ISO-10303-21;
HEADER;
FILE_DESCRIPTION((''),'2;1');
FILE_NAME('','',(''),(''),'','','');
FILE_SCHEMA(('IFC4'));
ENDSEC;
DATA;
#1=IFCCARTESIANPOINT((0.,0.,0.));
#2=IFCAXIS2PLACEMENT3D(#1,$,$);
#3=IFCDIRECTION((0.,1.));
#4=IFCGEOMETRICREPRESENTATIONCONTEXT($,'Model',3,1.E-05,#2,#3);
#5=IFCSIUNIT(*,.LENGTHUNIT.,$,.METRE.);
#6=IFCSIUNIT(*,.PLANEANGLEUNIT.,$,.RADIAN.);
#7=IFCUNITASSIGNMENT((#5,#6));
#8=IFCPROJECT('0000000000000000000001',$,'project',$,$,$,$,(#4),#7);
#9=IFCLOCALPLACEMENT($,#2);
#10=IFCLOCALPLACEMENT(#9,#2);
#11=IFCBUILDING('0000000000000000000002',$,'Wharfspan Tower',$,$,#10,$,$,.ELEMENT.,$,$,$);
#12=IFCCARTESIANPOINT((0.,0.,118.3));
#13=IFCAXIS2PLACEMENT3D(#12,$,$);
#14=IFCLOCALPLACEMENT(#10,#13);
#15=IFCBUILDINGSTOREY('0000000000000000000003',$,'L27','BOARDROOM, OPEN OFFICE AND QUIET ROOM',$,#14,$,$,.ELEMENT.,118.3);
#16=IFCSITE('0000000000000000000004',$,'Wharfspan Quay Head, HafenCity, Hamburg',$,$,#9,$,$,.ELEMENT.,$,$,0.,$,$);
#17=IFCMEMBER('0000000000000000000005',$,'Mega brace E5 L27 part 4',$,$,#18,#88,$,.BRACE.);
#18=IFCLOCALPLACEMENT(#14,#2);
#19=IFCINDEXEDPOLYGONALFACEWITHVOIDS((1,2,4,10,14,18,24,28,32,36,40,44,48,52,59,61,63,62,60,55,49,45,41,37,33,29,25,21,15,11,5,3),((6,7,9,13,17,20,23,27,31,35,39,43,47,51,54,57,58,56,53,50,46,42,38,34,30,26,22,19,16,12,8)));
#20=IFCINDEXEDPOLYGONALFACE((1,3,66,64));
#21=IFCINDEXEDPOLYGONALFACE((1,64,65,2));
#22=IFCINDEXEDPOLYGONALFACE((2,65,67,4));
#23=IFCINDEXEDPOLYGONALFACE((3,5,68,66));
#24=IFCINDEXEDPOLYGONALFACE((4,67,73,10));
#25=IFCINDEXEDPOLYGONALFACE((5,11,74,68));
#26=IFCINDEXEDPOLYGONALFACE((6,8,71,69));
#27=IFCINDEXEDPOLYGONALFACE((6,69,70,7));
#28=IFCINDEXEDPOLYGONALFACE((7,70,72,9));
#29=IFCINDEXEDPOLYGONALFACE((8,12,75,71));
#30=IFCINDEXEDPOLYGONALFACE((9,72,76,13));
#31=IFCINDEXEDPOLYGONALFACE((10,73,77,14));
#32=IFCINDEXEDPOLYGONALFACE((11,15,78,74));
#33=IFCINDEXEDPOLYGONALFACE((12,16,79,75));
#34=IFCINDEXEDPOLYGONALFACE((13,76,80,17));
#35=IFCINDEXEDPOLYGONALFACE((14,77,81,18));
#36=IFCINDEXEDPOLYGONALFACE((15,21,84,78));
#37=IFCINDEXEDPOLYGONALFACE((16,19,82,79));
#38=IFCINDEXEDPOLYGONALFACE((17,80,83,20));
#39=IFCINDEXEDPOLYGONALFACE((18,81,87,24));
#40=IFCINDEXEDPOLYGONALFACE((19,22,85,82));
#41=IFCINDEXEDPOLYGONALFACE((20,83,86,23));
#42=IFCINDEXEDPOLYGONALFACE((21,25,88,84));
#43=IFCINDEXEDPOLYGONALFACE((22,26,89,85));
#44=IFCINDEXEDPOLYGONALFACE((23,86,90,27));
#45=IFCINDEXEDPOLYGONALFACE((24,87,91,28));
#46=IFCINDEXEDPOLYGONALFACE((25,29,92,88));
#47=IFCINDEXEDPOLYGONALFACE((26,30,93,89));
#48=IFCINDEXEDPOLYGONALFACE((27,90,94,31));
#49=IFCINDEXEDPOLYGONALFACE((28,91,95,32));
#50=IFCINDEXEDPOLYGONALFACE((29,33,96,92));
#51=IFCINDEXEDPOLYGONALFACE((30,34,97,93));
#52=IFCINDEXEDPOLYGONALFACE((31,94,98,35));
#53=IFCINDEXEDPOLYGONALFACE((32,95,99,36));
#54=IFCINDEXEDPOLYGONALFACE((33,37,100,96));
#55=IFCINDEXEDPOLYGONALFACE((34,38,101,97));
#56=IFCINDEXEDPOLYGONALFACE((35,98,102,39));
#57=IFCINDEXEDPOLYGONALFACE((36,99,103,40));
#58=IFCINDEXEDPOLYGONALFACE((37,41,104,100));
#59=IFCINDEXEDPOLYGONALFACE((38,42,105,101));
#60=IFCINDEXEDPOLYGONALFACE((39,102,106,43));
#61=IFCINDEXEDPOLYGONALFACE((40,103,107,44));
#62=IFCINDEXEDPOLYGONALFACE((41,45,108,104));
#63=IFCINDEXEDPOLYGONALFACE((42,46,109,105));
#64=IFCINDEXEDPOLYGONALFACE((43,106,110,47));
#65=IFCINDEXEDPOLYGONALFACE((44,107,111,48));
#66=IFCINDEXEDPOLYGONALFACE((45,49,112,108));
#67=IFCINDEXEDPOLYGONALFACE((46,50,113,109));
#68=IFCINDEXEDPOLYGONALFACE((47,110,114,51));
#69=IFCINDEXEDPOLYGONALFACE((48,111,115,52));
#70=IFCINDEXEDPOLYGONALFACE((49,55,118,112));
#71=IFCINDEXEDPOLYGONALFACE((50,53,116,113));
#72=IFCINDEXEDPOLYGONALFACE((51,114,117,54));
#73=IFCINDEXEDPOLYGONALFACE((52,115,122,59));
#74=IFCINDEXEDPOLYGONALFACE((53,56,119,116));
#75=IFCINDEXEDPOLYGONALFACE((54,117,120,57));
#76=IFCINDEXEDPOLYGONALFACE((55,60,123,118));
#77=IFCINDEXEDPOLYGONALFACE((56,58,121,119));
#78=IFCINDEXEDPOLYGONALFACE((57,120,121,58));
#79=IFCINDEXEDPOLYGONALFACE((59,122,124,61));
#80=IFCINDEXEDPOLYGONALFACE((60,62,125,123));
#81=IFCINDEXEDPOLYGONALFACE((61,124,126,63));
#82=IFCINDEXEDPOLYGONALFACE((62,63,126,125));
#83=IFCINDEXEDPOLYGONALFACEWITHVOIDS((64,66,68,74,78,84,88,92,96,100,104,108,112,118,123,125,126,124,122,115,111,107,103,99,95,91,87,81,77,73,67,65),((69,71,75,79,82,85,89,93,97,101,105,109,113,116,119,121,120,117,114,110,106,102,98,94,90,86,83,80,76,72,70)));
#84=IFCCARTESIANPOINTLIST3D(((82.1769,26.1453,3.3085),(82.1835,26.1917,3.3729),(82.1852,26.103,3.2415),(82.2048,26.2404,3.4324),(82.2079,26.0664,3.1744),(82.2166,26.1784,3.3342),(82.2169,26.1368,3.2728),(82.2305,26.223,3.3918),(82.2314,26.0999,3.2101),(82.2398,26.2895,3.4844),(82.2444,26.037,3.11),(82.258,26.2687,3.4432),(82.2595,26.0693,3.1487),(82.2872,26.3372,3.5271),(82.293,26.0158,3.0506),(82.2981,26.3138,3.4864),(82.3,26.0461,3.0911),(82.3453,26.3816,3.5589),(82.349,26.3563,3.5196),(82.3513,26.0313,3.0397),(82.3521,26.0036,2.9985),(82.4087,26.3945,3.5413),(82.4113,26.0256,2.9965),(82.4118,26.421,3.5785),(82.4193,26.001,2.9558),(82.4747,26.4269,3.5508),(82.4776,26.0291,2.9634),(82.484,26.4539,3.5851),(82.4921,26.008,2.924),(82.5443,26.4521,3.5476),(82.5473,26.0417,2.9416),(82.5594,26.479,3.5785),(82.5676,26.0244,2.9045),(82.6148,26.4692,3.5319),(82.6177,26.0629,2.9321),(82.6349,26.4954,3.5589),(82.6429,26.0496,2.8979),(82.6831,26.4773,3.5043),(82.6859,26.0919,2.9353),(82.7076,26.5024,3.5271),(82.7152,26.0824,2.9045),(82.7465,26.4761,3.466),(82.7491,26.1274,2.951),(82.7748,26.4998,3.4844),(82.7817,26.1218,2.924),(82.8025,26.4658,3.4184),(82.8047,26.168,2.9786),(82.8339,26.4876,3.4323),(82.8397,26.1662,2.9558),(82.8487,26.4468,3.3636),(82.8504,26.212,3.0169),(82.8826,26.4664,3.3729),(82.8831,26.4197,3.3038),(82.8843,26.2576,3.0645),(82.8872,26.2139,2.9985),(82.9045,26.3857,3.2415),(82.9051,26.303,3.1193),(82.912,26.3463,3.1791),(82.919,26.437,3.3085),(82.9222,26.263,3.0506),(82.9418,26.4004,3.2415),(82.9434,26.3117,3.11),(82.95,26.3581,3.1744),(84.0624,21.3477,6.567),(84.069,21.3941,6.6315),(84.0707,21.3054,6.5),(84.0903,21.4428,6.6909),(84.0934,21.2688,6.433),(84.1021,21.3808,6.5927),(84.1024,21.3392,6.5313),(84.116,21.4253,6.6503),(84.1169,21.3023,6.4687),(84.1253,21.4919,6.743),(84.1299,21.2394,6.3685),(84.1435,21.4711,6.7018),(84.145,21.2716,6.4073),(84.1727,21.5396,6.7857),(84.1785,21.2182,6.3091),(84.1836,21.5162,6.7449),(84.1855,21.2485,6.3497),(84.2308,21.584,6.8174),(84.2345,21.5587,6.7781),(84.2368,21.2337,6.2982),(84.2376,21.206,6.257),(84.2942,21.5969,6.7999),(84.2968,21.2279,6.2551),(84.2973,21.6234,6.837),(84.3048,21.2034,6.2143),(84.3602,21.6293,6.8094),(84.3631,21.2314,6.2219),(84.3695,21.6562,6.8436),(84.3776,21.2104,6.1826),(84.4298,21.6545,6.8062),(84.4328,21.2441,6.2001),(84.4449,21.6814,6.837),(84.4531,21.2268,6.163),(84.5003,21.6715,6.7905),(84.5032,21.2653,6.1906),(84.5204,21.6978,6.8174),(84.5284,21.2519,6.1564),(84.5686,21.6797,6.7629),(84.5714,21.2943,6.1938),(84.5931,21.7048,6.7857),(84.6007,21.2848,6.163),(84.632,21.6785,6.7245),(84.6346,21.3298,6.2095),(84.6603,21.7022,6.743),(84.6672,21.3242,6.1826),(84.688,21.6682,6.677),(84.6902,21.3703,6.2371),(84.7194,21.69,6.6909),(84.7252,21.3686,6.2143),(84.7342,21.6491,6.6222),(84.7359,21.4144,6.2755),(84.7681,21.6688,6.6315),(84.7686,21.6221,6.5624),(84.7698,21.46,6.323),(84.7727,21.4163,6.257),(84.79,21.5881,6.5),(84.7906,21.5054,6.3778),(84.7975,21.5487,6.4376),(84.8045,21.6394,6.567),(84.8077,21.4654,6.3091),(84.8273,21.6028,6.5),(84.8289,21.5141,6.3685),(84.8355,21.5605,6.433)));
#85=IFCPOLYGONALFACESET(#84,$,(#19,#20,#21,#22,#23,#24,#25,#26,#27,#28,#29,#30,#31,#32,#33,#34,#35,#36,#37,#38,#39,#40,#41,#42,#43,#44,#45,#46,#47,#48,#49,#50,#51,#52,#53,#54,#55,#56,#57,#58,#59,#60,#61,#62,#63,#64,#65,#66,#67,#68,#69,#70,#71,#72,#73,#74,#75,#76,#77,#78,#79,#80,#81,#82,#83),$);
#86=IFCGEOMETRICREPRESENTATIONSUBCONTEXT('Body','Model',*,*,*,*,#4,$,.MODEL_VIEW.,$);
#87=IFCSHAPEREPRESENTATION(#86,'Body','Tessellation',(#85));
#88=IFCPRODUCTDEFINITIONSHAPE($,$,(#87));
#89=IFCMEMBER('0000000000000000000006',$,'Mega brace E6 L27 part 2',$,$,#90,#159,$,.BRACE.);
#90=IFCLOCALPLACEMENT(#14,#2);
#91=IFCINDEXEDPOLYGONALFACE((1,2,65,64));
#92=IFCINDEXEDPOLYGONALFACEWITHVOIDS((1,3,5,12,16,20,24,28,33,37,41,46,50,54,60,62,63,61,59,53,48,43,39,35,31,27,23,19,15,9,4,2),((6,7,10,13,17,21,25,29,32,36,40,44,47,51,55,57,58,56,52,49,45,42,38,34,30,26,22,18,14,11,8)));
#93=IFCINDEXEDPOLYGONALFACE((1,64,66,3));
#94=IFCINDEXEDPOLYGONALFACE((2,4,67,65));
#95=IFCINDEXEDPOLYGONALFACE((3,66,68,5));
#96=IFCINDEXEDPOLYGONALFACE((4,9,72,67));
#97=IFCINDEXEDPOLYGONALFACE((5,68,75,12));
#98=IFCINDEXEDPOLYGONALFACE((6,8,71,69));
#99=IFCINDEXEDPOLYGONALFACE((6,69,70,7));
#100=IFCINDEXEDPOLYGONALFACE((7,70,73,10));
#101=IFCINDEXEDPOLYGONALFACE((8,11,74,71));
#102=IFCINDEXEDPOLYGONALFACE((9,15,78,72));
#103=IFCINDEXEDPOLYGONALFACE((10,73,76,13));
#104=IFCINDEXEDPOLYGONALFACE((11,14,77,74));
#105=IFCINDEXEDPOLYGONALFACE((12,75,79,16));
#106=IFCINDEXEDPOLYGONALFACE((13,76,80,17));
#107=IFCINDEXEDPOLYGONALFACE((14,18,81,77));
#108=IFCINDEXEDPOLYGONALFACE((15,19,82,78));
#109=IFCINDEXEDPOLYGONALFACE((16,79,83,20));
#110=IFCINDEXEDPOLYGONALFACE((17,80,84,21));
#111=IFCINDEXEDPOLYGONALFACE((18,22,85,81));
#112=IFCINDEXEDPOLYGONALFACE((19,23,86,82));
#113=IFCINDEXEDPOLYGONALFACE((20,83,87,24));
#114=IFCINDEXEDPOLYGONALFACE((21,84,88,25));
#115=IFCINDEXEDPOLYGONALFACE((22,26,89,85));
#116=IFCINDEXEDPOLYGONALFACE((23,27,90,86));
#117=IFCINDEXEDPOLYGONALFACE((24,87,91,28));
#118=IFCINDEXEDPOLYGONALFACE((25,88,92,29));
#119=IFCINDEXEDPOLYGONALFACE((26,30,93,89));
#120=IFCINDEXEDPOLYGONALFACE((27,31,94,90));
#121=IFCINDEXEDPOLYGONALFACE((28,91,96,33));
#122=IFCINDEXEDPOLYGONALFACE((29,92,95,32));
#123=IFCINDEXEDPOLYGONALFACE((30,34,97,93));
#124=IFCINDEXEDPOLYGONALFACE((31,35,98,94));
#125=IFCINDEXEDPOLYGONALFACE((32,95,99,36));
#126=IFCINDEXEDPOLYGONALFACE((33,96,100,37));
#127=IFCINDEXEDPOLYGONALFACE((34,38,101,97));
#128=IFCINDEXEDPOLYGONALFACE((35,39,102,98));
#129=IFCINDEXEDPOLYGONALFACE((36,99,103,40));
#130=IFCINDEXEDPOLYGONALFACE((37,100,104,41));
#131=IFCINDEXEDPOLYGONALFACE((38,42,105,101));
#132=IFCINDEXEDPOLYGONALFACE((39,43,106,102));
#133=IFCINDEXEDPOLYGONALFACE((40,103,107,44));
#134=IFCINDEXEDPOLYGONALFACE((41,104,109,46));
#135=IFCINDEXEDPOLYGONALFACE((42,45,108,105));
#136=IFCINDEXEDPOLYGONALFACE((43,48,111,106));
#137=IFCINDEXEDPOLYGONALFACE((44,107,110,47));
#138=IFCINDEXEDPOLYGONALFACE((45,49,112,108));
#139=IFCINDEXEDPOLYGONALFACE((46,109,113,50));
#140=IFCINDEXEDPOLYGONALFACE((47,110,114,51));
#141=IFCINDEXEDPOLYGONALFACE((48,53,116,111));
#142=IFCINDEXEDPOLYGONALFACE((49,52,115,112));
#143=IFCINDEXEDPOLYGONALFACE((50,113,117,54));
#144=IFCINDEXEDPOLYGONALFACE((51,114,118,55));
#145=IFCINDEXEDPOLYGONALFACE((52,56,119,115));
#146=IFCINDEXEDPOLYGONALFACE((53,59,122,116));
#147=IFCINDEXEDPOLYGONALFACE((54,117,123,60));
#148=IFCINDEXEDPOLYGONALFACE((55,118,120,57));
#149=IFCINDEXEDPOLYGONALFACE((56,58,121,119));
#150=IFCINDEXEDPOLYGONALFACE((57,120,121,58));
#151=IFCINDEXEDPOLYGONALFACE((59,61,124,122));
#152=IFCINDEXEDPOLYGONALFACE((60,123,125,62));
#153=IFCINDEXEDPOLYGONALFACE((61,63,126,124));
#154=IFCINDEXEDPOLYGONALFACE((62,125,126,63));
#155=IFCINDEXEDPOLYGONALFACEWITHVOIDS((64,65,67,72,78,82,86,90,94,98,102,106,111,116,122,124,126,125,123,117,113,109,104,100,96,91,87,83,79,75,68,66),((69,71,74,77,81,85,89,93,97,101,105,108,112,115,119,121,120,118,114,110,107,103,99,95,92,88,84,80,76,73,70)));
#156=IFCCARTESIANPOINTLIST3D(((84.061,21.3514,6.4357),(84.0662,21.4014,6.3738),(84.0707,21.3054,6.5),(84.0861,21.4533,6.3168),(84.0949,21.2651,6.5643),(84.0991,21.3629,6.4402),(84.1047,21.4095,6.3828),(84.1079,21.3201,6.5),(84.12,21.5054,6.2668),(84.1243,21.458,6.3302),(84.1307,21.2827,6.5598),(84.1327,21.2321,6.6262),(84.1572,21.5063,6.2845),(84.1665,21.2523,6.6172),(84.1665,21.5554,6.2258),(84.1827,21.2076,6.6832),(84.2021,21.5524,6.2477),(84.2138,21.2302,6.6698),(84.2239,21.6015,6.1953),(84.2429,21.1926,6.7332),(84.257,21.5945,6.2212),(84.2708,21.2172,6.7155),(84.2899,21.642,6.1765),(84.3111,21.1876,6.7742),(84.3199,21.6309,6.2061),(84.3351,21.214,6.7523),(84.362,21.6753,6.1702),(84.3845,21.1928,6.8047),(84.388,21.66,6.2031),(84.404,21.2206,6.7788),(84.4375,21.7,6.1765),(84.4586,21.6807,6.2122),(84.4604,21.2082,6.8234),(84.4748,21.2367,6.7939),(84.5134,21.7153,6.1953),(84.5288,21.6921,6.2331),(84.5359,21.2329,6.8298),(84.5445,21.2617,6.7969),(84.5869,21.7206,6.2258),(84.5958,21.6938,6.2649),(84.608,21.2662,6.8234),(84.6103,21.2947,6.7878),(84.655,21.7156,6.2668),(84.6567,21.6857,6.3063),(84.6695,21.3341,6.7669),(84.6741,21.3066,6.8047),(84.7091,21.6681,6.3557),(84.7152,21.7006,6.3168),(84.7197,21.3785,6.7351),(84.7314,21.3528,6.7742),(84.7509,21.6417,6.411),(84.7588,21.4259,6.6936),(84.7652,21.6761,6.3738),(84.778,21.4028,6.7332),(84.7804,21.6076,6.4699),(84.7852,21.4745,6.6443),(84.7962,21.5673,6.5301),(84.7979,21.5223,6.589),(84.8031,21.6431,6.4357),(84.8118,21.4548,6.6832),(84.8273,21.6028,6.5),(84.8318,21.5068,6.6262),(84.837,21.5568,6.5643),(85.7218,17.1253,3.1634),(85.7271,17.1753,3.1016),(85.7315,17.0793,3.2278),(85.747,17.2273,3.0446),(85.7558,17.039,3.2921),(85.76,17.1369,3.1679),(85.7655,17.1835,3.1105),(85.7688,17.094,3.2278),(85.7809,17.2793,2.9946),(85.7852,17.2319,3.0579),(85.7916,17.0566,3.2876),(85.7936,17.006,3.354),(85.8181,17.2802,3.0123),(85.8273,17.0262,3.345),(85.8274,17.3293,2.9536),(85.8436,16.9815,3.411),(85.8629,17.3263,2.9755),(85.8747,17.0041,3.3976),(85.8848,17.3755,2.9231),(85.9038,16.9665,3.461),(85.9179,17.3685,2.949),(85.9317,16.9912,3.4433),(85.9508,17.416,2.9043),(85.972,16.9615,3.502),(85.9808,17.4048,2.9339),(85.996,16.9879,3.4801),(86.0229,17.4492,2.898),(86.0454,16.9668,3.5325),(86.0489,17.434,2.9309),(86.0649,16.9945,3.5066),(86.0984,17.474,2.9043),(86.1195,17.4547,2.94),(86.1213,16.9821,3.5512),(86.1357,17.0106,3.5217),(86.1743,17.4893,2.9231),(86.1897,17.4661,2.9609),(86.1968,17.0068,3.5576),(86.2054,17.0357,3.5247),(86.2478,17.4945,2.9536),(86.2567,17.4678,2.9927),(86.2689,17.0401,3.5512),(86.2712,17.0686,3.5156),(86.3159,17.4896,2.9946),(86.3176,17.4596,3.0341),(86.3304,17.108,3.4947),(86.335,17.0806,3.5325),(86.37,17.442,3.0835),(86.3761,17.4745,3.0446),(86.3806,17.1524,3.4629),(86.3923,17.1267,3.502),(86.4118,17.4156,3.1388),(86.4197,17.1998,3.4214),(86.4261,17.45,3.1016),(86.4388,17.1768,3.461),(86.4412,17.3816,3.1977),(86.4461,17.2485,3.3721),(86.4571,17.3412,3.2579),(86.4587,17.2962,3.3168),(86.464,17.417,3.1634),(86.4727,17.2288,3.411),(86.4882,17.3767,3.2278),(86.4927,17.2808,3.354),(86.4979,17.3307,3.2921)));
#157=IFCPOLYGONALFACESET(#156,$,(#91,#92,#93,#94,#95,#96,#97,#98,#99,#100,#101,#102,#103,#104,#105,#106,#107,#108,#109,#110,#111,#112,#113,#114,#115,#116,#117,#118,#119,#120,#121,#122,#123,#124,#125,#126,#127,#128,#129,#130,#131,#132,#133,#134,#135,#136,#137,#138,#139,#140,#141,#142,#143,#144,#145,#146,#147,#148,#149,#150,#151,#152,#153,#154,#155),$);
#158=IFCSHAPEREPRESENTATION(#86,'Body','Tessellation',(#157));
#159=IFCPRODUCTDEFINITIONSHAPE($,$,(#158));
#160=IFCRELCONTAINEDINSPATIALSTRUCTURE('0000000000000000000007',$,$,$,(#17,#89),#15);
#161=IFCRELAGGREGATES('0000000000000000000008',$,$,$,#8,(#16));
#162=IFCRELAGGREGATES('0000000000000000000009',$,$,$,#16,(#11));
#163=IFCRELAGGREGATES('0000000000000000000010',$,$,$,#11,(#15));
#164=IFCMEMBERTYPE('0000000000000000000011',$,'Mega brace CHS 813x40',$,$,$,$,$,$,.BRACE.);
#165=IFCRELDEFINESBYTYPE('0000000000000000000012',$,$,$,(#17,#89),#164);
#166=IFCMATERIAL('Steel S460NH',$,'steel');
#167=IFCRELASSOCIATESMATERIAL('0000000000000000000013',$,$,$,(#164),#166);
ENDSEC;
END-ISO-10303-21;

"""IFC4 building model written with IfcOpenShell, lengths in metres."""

from ifc_helpers import new_model, si_unit, direction, frame, origin, origin_2d, place, context, subcontext, project, spatial, hollow_circle, extrude, material, material_profile, profile_set, type_object, element, save


model = new_model("IFC4")

# Units and contexts
model_context = context("Model", 3, precision=1e-05, world=origin(), true_north=direction((0.0, 1.0)))
body_context = subcontext(model_context, "Body", "Model", "MODEL_VIEW")
ifc_project = project(units=[si_unit("LENGTHUNIT", "METRE"), si_unit("PLANEANGLEUNIT", "RADIAN")], contexts=[model_context])

# Site, building, storey
site_placement = place(None, origin())
site = spatial("IfcSite", under=ifc_project, at=site_placement, Name="Wharfspan Quay Head, HafenCity, Hamburg", CompositionType="ELEMENT", RefElevation=0.0)
building_placement = place(site_placement, origin())
building = spatial("IfcBuilding", under=site, at=building_placement, Name="Wharfspan Tower", CompositionType="ELEMENT")
storey_placement = place(building_placement, frame((0.0, 0.0, 118.3)))
storey = spatial("IfcBuildingStorey", under=building, at=storey_placement, Name="L27", Description="BOARDROOM, OPEN OFFICE AND QUIET ROOM", CompositionType="ELEMENT", Elevation=118.3)

# Members
ifc_material_1 = material(Name="Steel S460NH", Category="steel")
ifc_material_profile_1 = material_profile(ifc_material_1, hollow_circle(Radius=0.4065, WallThickness=0.04, at=origin_2d()))
ifc_profile_set_1 = profile_set([ifc_material_profile_1], Name="Steel S460NH")
member_type_1 = type_object("IfcMemberType", Name="Mega brace CHS 813x40", PredefinedType="BRACE", material=ifc_profile_set_1)
member_1_placement = place(storey_placement, frame((82.5635, 26.2517, 3.2415), z_axis=(0.30918, -0.786702, 0.534329), x_axis=(0.930701, 0.36577, -0.000004)))
element("IfcMember", 1, at=member_1_placement, inside=storey, type_object=member_type_1, Name="Mega brace E5 L27 part 4", PredefinedType="BRACE", context=body_context, shape_type="SweptSolid", body=[
    extrude(hollow_circle(Radius=0.4065, WallThickness=0.04, at=origin_2d()), origin(), (0.0, 0.0, 1.0), 6.0984),
])
member_2_placement = place(storey_placement, frame((86.1099, 17.228, 3.2278), z_axis=(-0.29675, 0.75507, 0.584645), x_axis=(-0.930704, -0.365779, 0.000004)))
element("IfcMember", 2, at=member_2_placement, inside=storey, type_object=member_type_1, Name="Mega brace E6 L27 part 2", PredefinedType="BRACE", context=body_context, shape_type="SweptSolid", body=[
    extrude(hollow_circle(Radius=0.4065, WallThickness=0.04, at=origin_2d()), origin(), (0.0, 0.0, 1.0), 5.5969),
])

save(model, "model.ifc")
